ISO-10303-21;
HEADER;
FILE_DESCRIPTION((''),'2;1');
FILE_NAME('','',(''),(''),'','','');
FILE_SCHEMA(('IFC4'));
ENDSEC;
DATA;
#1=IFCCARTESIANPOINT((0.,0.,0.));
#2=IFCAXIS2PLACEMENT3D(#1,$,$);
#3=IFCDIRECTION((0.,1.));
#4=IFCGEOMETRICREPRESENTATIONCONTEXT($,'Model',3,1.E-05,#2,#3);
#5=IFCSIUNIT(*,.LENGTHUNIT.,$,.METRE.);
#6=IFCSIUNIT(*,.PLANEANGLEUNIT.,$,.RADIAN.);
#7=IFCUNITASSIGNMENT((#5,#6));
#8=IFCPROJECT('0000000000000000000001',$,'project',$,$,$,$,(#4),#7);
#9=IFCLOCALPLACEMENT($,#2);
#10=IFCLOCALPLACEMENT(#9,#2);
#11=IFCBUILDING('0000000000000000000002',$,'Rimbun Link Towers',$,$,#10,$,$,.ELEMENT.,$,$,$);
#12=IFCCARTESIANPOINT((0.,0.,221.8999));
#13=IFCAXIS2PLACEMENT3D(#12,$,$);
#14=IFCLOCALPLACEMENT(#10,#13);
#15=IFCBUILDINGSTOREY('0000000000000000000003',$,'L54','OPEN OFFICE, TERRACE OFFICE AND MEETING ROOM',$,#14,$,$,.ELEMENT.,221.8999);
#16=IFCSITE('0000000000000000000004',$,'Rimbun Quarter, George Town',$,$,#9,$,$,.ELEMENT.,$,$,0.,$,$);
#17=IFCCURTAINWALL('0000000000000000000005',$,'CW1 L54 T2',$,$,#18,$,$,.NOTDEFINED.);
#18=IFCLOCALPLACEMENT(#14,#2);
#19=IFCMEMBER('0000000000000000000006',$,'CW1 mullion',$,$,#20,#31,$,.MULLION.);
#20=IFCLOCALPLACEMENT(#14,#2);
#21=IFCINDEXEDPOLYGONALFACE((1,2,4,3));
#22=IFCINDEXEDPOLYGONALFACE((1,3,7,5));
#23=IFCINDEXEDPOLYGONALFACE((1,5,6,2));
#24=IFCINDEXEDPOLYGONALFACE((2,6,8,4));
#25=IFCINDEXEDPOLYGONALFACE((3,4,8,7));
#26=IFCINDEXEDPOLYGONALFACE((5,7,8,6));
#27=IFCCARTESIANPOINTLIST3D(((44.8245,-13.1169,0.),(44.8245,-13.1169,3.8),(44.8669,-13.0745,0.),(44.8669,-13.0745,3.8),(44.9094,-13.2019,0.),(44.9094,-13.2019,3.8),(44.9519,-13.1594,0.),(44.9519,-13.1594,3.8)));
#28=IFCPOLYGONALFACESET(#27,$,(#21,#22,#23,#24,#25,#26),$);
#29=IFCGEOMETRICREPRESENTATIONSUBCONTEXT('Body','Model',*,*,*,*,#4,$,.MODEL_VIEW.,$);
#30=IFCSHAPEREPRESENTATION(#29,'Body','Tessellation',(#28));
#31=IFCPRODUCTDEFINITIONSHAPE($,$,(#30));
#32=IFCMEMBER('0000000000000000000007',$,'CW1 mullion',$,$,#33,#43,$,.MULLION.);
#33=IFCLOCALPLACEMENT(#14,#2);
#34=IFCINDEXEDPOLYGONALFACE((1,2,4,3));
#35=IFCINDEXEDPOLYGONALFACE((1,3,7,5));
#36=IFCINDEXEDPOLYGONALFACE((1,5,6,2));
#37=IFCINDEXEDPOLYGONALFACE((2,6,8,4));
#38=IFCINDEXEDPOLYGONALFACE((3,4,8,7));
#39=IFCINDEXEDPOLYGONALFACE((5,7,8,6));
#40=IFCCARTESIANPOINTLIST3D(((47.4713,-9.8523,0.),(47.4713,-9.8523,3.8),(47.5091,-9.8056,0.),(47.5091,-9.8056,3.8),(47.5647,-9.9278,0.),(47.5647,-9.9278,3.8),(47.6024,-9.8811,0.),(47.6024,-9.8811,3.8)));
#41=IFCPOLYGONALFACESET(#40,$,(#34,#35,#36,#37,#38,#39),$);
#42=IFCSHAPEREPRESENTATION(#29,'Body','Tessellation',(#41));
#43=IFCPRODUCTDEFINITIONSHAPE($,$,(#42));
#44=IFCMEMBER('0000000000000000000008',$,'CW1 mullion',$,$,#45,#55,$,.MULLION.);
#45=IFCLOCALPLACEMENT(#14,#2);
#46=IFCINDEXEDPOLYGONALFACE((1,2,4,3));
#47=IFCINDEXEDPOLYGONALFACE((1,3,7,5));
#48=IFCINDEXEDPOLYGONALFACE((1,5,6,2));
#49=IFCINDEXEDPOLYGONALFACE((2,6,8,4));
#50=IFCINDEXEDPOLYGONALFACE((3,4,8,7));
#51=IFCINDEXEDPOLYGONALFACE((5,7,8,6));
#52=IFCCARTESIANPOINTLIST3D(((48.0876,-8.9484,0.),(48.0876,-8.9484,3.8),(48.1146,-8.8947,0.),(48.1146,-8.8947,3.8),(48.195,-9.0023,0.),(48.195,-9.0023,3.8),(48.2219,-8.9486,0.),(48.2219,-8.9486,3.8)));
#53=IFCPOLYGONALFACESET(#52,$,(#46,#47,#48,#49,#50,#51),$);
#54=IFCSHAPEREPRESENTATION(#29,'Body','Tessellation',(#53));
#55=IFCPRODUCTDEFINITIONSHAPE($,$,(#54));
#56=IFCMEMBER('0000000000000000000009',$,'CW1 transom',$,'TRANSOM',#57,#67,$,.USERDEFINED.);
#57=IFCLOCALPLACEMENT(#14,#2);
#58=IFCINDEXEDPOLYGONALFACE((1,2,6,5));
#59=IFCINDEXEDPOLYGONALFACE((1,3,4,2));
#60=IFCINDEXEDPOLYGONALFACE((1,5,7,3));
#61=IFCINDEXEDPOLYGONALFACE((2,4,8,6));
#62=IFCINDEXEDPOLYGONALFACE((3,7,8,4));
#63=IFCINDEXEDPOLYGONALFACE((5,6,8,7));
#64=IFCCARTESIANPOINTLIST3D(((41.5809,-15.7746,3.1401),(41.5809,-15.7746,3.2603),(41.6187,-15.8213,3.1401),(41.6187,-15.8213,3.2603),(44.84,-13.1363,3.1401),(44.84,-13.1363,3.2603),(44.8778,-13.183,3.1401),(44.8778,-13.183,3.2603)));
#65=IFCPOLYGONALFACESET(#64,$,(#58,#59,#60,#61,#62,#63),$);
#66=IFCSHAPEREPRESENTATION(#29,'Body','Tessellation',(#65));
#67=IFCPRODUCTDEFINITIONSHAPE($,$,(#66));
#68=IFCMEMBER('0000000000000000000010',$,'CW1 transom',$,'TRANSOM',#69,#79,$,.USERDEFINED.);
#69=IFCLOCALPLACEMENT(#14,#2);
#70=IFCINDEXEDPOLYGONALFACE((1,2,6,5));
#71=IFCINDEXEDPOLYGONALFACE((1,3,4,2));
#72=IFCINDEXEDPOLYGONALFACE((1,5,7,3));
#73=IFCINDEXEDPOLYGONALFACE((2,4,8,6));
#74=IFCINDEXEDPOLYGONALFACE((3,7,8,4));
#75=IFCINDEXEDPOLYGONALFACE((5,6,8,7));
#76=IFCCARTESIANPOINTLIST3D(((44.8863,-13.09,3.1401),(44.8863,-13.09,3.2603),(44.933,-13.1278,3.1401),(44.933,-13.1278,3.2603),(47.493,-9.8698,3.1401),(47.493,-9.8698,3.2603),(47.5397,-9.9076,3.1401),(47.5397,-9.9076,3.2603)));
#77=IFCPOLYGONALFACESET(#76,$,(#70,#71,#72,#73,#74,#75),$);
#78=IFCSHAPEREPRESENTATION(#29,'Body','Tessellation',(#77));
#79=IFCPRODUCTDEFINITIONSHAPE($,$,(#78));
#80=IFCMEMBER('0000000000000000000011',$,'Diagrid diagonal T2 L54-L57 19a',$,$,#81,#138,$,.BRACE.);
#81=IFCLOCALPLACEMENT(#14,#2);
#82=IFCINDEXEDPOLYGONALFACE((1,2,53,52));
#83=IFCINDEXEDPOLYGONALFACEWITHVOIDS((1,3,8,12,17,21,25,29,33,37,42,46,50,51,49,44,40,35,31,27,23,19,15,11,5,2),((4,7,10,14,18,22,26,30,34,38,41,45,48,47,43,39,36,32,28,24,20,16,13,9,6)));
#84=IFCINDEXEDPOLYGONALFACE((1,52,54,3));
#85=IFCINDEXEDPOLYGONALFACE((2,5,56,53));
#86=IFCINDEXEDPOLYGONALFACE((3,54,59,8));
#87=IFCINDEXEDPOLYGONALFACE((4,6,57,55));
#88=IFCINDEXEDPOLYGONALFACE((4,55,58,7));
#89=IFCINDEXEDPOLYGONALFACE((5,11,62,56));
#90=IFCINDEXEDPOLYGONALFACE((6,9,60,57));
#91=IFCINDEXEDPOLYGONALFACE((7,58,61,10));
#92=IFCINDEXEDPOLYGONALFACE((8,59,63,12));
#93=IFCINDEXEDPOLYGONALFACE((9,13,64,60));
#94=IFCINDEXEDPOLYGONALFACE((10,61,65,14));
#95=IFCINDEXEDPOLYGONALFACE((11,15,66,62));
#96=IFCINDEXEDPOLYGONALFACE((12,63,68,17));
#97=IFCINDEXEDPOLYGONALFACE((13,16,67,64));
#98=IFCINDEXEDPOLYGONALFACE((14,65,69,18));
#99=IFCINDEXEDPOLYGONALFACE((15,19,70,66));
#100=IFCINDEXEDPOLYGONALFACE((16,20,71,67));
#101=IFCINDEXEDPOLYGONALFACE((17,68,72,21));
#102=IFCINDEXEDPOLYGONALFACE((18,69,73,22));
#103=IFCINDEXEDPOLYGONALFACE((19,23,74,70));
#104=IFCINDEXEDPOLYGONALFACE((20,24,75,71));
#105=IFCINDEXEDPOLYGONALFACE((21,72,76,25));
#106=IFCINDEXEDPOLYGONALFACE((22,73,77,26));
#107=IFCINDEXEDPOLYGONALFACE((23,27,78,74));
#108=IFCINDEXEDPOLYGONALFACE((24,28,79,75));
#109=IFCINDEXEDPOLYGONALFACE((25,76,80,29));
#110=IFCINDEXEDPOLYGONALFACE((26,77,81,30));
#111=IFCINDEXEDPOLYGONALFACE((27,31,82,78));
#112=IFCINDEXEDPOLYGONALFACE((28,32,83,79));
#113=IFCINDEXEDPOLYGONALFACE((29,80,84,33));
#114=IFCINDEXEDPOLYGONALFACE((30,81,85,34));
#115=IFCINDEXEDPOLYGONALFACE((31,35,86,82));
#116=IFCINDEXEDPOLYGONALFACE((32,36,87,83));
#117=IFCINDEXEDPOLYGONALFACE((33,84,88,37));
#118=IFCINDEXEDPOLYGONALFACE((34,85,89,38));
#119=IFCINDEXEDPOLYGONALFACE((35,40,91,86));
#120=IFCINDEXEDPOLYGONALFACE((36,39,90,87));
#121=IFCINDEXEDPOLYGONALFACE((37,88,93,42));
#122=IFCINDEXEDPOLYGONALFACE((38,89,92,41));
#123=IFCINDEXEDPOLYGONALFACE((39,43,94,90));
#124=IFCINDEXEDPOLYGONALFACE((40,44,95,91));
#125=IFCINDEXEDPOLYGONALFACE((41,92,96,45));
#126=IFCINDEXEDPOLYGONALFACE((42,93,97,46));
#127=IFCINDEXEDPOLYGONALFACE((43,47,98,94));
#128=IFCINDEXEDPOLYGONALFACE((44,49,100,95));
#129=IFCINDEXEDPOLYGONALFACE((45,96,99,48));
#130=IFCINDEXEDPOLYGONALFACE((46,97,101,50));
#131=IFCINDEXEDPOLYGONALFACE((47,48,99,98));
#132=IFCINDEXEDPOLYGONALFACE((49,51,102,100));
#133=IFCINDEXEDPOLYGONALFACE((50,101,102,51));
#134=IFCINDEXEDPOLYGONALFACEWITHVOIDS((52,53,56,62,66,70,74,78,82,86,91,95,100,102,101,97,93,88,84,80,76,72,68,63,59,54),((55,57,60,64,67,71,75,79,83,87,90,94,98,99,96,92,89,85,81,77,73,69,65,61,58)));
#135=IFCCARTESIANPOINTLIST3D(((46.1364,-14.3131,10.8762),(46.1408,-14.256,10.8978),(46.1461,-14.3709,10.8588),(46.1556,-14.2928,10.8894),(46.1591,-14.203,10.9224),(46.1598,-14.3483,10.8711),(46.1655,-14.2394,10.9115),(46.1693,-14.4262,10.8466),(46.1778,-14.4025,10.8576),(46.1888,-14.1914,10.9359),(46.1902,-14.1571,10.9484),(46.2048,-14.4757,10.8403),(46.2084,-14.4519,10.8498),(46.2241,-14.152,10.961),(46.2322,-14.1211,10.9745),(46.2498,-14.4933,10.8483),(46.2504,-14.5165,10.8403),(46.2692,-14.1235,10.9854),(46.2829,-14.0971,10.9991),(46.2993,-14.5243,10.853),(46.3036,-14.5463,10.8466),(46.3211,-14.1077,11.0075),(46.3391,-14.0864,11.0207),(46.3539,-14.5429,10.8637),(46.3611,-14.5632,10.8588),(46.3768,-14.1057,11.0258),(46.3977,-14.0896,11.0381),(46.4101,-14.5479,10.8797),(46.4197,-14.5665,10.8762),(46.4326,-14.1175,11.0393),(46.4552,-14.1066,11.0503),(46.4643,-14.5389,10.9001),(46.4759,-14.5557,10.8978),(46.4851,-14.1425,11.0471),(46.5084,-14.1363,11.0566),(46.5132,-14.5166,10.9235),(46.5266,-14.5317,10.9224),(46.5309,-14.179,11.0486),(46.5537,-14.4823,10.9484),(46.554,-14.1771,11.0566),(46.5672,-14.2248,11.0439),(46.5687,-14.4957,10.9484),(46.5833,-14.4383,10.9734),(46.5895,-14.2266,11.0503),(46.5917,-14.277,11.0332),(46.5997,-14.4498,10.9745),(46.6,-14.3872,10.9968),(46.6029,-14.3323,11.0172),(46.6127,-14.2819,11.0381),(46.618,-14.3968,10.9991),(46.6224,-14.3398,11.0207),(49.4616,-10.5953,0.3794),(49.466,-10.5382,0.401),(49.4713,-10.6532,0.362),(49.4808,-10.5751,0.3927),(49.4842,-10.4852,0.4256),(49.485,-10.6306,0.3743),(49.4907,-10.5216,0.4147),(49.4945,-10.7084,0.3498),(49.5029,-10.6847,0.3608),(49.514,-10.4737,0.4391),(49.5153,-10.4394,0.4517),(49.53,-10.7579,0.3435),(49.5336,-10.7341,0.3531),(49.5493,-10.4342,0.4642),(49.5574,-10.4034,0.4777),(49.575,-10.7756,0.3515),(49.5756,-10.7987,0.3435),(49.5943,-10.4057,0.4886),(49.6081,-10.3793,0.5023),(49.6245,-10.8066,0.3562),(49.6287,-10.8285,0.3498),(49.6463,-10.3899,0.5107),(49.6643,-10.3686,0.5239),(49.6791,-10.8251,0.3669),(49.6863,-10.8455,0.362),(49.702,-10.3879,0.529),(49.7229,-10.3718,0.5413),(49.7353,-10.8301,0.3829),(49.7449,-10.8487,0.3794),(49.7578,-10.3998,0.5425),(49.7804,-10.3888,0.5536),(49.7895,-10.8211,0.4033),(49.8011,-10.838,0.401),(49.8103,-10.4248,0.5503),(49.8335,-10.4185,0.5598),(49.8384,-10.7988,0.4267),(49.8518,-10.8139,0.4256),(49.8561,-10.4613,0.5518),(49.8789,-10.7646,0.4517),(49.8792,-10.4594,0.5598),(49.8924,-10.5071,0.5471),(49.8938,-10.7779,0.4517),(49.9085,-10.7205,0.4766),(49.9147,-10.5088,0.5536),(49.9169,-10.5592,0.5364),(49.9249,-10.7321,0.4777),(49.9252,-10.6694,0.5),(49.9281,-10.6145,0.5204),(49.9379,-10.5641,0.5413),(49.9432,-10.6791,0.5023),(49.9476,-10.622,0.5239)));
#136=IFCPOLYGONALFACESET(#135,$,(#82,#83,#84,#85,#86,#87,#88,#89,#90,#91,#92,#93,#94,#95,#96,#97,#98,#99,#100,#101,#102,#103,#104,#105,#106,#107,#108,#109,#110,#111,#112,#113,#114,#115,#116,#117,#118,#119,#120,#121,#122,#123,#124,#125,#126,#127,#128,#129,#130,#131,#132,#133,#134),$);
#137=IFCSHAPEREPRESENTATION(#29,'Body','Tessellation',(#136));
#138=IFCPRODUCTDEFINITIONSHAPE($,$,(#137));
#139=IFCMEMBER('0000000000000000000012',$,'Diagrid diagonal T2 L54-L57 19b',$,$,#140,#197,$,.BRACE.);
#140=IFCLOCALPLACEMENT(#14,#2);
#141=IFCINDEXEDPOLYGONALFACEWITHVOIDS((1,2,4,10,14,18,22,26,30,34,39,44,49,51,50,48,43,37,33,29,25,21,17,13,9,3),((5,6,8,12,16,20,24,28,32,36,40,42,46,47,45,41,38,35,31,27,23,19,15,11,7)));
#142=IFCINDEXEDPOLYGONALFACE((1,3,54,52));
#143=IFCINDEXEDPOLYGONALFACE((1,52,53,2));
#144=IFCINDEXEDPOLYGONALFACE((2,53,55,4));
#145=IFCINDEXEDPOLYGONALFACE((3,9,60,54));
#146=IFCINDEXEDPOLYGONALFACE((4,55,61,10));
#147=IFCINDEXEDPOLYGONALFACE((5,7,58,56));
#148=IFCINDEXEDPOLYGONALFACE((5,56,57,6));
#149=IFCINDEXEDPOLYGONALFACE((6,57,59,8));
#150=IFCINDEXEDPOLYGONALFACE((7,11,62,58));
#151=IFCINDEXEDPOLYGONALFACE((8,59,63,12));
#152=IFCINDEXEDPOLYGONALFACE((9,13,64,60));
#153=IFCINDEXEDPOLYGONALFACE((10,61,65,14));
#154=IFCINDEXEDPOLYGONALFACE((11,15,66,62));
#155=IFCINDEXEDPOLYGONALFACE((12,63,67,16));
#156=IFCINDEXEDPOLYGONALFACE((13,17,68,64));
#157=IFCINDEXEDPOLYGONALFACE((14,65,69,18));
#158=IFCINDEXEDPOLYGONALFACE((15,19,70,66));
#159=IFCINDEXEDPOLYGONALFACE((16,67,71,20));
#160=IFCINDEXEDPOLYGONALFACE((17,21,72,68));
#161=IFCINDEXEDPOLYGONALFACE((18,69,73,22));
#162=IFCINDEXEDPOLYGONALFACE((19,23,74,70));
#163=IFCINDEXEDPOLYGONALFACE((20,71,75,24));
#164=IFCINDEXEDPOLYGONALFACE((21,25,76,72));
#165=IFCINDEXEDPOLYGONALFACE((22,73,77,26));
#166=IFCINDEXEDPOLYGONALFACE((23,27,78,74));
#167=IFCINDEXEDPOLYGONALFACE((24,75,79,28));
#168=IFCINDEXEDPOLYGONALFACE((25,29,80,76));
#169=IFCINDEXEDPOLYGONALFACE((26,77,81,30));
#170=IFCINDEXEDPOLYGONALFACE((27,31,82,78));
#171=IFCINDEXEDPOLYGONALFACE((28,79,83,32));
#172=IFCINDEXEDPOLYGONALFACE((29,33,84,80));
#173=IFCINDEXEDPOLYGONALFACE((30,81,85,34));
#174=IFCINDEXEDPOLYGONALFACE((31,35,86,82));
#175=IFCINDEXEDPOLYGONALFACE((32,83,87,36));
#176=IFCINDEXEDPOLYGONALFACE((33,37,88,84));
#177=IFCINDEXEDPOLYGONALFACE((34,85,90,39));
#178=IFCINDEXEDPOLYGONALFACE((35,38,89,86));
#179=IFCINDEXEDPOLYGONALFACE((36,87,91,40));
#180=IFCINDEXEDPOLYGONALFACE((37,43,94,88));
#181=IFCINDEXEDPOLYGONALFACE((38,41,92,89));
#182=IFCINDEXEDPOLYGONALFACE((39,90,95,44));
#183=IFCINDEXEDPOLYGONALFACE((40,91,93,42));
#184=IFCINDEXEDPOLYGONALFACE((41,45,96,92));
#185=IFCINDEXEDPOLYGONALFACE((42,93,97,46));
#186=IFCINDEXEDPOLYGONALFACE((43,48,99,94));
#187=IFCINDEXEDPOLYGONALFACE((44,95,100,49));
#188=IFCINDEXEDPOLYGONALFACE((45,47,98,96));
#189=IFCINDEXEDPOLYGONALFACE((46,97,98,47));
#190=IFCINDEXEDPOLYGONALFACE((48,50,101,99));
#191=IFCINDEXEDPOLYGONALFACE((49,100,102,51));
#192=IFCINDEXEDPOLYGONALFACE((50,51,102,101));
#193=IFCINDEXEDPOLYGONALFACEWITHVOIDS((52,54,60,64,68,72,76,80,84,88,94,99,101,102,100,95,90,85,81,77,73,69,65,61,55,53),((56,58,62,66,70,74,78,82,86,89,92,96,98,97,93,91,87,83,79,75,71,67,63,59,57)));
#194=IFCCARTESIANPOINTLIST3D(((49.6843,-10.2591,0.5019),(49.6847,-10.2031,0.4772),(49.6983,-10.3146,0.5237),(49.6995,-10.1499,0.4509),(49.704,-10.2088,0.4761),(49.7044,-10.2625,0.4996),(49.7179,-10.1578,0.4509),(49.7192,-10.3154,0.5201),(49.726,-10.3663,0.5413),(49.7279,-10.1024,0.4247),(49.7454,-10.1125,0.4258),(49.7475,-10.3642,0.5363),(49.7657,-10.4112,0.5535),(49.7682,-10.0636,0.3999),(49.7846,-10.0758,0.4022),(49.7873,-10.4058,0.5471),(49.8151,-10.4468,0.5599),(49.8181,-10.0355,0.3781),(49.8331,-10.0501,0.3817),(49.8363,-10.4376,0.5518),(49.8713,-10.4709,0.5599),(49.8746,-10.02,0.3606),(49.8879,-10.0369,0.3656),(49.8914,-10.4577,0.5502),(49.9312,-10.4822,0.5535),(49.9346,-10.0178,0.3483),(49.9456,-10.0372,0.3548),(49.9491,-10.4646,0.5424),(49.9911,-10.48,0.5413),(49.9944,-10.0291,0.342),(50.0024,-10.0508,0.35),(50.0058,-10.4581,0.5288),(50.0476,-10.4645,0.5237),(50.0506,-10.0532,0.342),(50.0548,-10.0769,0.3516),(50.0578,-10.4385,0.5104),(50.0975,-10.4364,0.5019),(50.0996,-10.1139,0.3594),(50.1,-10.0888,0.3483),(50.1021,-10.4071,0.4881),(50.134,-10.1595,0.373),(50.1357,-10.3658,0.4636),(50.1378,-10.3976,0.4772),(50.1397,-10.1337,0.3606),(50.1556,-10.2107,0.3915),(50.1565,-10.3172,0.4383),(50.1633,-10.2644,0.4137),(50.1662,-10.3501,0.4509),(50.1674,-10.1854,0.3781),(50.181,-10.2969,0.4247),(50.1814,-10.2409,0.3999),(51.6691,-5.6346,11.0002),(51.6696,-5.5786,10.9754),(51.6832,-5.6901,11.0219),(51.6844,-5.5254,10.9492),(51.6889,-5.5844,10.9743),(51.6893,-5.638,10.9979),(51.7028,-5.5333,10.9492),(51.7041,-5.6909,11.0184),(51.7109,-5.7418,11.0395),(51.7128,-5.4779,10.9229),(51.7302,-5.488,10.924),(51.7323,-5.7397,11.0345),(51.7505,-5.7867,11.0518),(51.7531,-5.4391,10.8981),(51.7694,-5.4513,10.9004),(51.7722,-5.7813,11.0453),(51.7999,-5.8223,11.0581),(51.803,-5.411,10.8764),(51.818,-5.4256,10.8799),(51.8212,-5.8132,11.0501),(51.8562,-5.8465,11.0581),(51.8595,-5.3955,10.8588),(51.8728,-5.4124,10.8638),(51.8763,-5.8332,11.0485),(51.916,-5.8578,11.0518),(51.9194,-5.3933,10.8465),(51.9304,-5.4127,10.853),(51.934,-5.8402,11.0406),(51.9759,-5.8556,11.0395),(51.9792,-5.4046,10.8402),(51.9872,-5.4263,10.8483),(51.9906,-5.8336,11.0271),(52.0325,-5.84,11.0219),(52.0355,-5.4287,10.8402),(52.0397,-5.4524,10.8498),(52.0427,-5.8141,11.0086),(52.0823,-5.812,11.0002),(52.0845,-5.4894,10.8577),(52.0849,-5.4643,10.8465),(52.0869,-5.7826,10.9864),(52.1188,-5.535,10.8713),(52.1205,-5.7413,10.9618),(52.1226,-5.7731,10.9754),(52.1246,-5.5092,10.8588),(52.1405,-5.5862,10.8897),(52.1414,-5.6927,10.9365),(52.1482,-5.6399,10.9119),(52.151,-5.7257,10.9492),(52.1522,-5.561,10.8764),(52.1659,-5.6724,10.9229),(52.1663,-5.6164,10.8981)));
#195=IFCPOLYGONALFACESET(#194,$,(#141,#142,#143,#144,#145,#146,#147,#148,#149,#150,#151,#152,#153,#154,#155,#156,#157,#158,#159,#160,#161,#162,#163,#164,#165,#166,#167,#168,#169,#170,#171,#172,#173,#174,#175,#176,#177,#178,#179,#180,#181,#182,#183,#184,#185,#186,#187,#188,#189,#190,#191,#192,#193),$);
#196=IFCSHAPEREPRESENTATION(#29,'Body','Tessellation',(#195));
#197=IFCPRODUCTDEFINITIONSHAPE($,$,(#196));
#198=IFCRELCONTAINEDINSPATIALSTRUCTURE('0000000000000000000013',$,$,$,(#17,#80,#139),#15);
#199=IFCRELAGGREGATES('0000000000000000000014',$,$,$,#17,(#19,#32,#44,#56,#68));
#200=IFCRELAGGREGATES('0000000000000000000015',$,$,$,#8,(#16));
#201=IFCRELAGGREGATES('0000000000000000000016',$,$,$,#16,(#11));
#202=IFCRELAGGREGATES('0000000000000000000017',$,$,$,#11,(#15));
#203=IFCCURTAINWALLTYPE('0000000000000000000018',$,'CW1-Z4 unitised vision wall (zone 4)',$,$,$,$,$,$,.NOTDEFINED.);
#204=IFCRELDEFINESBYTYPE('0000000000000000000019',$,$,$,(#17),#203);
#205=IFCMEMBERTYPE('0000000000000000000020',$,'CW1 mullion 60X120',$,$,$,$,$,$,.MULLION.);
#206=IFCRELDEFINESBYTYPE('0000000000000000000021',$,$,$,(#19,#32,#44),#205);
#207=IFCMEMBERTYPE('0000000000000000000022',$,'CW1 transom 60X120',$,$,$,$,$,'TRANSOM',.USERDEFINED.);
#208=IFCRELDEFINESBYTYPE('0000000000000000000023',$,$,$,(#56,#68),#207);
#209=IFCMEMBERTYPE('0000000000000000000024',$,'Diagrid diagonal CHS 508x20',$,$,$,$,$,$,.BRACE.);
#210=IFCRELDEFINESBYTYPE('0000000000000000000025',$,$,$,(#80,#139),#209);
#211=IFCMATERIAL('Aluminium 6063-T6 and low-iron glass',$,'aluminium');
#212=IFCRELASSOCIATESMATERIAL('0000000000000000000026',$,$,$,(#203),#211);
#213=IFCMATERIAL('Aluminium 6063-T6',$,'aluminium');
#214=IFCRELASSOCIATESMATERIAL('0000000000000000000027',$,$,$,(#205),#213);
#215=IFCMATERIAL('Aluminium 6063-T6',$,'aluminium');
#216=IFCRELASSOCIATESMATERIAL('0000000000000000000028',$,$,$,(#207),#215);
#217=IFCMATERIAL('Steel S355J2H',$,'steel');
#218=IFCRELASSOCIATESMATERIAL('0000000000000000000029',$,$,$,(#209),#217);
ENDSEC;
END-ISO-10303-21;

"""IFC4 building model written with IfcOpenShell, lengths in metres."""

from ifc_helpers import new_model, si_unit, direction, frame, origin, origin_2d, place, context, subcontext, project, spatial, rectangle, hollow_circle, extrude, material, material_profile, profile_set, type_object, element, aggregate, save


model = new_model("IFC4")

# Units and contexts
model_context = context("Model", 3, precision=1e-05, world=origin(), true_north=direction((0.0, 1.0)))
body_context = subcontext(model_context, "Body", "Model", "MODEL_VIEW")
ifc_project = project(units=[si_unit("LENGTHUNIT", "METRE"), si_unit("PLANEANGLEUNIT", "RADIAN")], contexts=[model_context])

# Site, building, storey
site_placement = place(None, origin())
site = spatial("IfcSite", under=ifc_project, at=site_placement, Name="Rimbun Quarter, George Town", CompositionType="ELEMENT", RefElevation=0.0)
building_placement = place(site_placement, origin())
building = spatial("IfcBuilding", under=site, at=building_placement, Name="Rimbun Link Towers", CompositionType="ELEMENT")
storey_placement = place(building_placement, frame((0.0, 0.0, 221.8999)))
storey = spatial("IfcBuildingStorey", under=building, at=storey_placement, Name="L54", Description="OPEN OFFICE, TERRACE OFFICE AND MEETING ROOM", CompositionType="ELEMENT", Elevation=221.8999)

# Curtain wall, members
ifc_material_1 = material(Name="Aluminium 6063-T6 and low-iron glass", Category="aluminium")
curtain_wall_type = type_object("IfcCurtainWallType", Name="CW1-Z4 unitised vision wall (zone 4)", PredefinedType="NOTDEFINED", material=ifc_material_1)
curtain_wall_placement = place(storey_placement, origin())
curtain_wall = element("IfcCurtainWall", 1, at=curtain_wall_placement, inside=storey, type_object=curtain_wall_type, Name="CW1 L54 T2", PredefinedType="NOTDEFINED")
ifc_material_2 = material(Name="Aluminium 6063-T6", Category="aluminium")
ifc_material_profile_1 = material_profile(ifc_material_2, rectangle(XDim=0.1201, YDim=0.0601, at=origin_2d()), Name="MULLION 60X120")
ifc_profile_set_1 = profile_set([ifc_material_profile_1], Name="Aluminium 6063-T6")
member_type_1 = type_object("IfcMemberType", Name="CW1 mullion 60X120", PredefinedType="MULLION", material=ifc_profile_set_1)
member_1_placement = place(storey_placement, frame((44.8882, -13.1382, 0.0), z_axis=(0.0, 0.0, 1.0), x_axis=(0.707107, -0.707107, 0.0)))
member_1 = element("IfcMember", 2, at=member_1_placement, type_object=member_type_1, Name="CW1 mullion", PredefinedType="MULLION", context=body_context, shape_type="SweptSolid", body=[
    extrude(rectangle(XDim=0.1201, YDim=0.0601, at=origin_2d()), origin(), (0.0, 0.0, 1.0), 3.8),
])
member_2_placement = place(storey_placement, frame((47.5369, -9.8667, 0.0), z_axis=(0.0, 0.0, 1.0), x_axis=(0.777276, -0.62916, 0.0)))
member_2 = element("IfcMember", 3, at=member_2_placement, type_object=member_type_1, Name="CW1 mullion", PredefinedType="MULLION", context=body_context, shape_type="SweptSolid", body=[
    extrude(rectangle(XDim=0.1201, YDim=0.0601, at=origin_2d()), origin(), (0.0, 0.0, 1.0), 3.8),
])
member_3_placement = place(storey_placement, frame((48.1548, -8.9485, 0.0), z_axis=(0.0, 0.0, 1.0), x_axis=(0.893647, -0.448771, 0.0)))
member_3 = element("IfcMember", 4, at=member_3_placement, type_object=member_type_1, Name="CW1 mullion", PredefinedType="MULLION", context=body_context, shape_type="SweptSolid", body=[
    extrude(rectangle(XDim=0.1201, YDim=0.0601, at=origin_2d()), origin(), (0.0, 0.0, 1.0), 3.8),
])
ifc_material_3 = material(Name="Aluminium 6063-T6", Category="aluminium")
ifc_material_profile_2 = material_profile(ifc_material_3, rectangle(XDim=0.0601, YDim=0.1201, at=origin_2d()), Name="TRANSOM 60X120")
ifc_profile_set_2 = profile_set([ifc_material_profile_2], Name="Aluminium 6063-T6")
member_type_2 = type_object("IfcMemberType", Name="CW1 transom 60X120", ElementType="TRANSOM", PredefinedType="USERDEFINED", material=ifc_profile_set_2)
member_4_placement = place(storey_placement, frame((44.8589, -13.1597, 3.2002), z_axis=(-0.777254, -0.629187, 0.0), x_axis=(0.629187, -0.777254, 0.0)))
member_4 = element("IfcMember", 5, at=member_4_placement, type_object=member_type_2, Name="CW1 transom", ObjectType="TRANSOM", PredefinedType="USERDEFINED", context=body_context, shape_type="SweptSolid", body=[
    extrude(rectangle(XDim=0.0601, YDim=0.1201, at=origin_2d()), origin(), (0.0, 0.0, 1.0), 4.1931),
])
member_5_placement = place(storey_placement, frame((47.5164, -9.8887, 3.2002), z_axis=(-0.629176, -0.777263, 0.0), x_axis=(0.777263, -0.629176, 0.0)))
member_5 = element("IfcMember", 6, at=member_5_placement, type_object=member_type_2, Name="CW1 transom", ObjectType="TRANSOM", PredefinedType="USERDEFINED", context=body_context, shape_type="SweptSolid", body=[
    extrude(rectangle(XDim=0.0601, YDim=0.1201, at=origin_2d()), origin(), (0.0, 0.0, 1.0), 4.1431),
])

# Members
ifc_material_4 = material(Name="Steel S355J2H", Category="steel")
ifc_material_profile_3 = material_profile(ifc_material_4, hollow_circle(Radius=0.2539, WallThickness=0.02, at=origin_2d()), Name="Diagrid diagonal CHS 508x20")
ifc_profile_set_3 = profile_set([ifc_material_profile_3], Name="Steel S355J2H")
member_type_3 = type_object("IfcMemberType", Name="Diagrid diagonal CHS 508x20", PredefinedType="BRACE", material=ifc_profile_set_3)
member_6_placement = place(storey_placement, frame((49.7046, -10.6086, 0.4517), z_axis=(-0.286121, -0.319901, 0.903215), x_axis=(0.745364, -0.666657, 0.0)))
element("IfcMember", 7, at=member_6_placement, inside=storey, type_object=member_type_3, Name="Diagrid diagonal T2 L54-L57 19a", PredefinedType="BRACE", context=body_context, shape_type="SweptSolid", body=[
    extrude(hollow_circle(Radius=0.2539, WallThickness=0.02, at=origin_2d()), origin(), (0.0, 0.0, 1.0), 11.6216),
])
member_7_placement = place(storey_placement, frame((49.9329, -10.25, 0.4509), z_axis=(0.170489, 0.397221, 0.901748), x_axis=(-0.918934, 0.394411, 0.0)))
element("IfcMember", 8, at=member_7_placement, inside=storey, type_object=member_type_3, Name="Diagrid diagonal T2 L54-L57 19b", PredefinedType="BRACE", context=body_context, shape_type="SweptSolid", body=[
    extrude(hollow_circle(Radius=0.2539, WallThickness=0.02, at=origin_2d()), origin(), (0.0, 0.0, 1.0), 11.6421),
])

aggregate(curtain_wall, [member_1, member_2, member_3, member_4, member_5])

save(model, "model.ifc")
